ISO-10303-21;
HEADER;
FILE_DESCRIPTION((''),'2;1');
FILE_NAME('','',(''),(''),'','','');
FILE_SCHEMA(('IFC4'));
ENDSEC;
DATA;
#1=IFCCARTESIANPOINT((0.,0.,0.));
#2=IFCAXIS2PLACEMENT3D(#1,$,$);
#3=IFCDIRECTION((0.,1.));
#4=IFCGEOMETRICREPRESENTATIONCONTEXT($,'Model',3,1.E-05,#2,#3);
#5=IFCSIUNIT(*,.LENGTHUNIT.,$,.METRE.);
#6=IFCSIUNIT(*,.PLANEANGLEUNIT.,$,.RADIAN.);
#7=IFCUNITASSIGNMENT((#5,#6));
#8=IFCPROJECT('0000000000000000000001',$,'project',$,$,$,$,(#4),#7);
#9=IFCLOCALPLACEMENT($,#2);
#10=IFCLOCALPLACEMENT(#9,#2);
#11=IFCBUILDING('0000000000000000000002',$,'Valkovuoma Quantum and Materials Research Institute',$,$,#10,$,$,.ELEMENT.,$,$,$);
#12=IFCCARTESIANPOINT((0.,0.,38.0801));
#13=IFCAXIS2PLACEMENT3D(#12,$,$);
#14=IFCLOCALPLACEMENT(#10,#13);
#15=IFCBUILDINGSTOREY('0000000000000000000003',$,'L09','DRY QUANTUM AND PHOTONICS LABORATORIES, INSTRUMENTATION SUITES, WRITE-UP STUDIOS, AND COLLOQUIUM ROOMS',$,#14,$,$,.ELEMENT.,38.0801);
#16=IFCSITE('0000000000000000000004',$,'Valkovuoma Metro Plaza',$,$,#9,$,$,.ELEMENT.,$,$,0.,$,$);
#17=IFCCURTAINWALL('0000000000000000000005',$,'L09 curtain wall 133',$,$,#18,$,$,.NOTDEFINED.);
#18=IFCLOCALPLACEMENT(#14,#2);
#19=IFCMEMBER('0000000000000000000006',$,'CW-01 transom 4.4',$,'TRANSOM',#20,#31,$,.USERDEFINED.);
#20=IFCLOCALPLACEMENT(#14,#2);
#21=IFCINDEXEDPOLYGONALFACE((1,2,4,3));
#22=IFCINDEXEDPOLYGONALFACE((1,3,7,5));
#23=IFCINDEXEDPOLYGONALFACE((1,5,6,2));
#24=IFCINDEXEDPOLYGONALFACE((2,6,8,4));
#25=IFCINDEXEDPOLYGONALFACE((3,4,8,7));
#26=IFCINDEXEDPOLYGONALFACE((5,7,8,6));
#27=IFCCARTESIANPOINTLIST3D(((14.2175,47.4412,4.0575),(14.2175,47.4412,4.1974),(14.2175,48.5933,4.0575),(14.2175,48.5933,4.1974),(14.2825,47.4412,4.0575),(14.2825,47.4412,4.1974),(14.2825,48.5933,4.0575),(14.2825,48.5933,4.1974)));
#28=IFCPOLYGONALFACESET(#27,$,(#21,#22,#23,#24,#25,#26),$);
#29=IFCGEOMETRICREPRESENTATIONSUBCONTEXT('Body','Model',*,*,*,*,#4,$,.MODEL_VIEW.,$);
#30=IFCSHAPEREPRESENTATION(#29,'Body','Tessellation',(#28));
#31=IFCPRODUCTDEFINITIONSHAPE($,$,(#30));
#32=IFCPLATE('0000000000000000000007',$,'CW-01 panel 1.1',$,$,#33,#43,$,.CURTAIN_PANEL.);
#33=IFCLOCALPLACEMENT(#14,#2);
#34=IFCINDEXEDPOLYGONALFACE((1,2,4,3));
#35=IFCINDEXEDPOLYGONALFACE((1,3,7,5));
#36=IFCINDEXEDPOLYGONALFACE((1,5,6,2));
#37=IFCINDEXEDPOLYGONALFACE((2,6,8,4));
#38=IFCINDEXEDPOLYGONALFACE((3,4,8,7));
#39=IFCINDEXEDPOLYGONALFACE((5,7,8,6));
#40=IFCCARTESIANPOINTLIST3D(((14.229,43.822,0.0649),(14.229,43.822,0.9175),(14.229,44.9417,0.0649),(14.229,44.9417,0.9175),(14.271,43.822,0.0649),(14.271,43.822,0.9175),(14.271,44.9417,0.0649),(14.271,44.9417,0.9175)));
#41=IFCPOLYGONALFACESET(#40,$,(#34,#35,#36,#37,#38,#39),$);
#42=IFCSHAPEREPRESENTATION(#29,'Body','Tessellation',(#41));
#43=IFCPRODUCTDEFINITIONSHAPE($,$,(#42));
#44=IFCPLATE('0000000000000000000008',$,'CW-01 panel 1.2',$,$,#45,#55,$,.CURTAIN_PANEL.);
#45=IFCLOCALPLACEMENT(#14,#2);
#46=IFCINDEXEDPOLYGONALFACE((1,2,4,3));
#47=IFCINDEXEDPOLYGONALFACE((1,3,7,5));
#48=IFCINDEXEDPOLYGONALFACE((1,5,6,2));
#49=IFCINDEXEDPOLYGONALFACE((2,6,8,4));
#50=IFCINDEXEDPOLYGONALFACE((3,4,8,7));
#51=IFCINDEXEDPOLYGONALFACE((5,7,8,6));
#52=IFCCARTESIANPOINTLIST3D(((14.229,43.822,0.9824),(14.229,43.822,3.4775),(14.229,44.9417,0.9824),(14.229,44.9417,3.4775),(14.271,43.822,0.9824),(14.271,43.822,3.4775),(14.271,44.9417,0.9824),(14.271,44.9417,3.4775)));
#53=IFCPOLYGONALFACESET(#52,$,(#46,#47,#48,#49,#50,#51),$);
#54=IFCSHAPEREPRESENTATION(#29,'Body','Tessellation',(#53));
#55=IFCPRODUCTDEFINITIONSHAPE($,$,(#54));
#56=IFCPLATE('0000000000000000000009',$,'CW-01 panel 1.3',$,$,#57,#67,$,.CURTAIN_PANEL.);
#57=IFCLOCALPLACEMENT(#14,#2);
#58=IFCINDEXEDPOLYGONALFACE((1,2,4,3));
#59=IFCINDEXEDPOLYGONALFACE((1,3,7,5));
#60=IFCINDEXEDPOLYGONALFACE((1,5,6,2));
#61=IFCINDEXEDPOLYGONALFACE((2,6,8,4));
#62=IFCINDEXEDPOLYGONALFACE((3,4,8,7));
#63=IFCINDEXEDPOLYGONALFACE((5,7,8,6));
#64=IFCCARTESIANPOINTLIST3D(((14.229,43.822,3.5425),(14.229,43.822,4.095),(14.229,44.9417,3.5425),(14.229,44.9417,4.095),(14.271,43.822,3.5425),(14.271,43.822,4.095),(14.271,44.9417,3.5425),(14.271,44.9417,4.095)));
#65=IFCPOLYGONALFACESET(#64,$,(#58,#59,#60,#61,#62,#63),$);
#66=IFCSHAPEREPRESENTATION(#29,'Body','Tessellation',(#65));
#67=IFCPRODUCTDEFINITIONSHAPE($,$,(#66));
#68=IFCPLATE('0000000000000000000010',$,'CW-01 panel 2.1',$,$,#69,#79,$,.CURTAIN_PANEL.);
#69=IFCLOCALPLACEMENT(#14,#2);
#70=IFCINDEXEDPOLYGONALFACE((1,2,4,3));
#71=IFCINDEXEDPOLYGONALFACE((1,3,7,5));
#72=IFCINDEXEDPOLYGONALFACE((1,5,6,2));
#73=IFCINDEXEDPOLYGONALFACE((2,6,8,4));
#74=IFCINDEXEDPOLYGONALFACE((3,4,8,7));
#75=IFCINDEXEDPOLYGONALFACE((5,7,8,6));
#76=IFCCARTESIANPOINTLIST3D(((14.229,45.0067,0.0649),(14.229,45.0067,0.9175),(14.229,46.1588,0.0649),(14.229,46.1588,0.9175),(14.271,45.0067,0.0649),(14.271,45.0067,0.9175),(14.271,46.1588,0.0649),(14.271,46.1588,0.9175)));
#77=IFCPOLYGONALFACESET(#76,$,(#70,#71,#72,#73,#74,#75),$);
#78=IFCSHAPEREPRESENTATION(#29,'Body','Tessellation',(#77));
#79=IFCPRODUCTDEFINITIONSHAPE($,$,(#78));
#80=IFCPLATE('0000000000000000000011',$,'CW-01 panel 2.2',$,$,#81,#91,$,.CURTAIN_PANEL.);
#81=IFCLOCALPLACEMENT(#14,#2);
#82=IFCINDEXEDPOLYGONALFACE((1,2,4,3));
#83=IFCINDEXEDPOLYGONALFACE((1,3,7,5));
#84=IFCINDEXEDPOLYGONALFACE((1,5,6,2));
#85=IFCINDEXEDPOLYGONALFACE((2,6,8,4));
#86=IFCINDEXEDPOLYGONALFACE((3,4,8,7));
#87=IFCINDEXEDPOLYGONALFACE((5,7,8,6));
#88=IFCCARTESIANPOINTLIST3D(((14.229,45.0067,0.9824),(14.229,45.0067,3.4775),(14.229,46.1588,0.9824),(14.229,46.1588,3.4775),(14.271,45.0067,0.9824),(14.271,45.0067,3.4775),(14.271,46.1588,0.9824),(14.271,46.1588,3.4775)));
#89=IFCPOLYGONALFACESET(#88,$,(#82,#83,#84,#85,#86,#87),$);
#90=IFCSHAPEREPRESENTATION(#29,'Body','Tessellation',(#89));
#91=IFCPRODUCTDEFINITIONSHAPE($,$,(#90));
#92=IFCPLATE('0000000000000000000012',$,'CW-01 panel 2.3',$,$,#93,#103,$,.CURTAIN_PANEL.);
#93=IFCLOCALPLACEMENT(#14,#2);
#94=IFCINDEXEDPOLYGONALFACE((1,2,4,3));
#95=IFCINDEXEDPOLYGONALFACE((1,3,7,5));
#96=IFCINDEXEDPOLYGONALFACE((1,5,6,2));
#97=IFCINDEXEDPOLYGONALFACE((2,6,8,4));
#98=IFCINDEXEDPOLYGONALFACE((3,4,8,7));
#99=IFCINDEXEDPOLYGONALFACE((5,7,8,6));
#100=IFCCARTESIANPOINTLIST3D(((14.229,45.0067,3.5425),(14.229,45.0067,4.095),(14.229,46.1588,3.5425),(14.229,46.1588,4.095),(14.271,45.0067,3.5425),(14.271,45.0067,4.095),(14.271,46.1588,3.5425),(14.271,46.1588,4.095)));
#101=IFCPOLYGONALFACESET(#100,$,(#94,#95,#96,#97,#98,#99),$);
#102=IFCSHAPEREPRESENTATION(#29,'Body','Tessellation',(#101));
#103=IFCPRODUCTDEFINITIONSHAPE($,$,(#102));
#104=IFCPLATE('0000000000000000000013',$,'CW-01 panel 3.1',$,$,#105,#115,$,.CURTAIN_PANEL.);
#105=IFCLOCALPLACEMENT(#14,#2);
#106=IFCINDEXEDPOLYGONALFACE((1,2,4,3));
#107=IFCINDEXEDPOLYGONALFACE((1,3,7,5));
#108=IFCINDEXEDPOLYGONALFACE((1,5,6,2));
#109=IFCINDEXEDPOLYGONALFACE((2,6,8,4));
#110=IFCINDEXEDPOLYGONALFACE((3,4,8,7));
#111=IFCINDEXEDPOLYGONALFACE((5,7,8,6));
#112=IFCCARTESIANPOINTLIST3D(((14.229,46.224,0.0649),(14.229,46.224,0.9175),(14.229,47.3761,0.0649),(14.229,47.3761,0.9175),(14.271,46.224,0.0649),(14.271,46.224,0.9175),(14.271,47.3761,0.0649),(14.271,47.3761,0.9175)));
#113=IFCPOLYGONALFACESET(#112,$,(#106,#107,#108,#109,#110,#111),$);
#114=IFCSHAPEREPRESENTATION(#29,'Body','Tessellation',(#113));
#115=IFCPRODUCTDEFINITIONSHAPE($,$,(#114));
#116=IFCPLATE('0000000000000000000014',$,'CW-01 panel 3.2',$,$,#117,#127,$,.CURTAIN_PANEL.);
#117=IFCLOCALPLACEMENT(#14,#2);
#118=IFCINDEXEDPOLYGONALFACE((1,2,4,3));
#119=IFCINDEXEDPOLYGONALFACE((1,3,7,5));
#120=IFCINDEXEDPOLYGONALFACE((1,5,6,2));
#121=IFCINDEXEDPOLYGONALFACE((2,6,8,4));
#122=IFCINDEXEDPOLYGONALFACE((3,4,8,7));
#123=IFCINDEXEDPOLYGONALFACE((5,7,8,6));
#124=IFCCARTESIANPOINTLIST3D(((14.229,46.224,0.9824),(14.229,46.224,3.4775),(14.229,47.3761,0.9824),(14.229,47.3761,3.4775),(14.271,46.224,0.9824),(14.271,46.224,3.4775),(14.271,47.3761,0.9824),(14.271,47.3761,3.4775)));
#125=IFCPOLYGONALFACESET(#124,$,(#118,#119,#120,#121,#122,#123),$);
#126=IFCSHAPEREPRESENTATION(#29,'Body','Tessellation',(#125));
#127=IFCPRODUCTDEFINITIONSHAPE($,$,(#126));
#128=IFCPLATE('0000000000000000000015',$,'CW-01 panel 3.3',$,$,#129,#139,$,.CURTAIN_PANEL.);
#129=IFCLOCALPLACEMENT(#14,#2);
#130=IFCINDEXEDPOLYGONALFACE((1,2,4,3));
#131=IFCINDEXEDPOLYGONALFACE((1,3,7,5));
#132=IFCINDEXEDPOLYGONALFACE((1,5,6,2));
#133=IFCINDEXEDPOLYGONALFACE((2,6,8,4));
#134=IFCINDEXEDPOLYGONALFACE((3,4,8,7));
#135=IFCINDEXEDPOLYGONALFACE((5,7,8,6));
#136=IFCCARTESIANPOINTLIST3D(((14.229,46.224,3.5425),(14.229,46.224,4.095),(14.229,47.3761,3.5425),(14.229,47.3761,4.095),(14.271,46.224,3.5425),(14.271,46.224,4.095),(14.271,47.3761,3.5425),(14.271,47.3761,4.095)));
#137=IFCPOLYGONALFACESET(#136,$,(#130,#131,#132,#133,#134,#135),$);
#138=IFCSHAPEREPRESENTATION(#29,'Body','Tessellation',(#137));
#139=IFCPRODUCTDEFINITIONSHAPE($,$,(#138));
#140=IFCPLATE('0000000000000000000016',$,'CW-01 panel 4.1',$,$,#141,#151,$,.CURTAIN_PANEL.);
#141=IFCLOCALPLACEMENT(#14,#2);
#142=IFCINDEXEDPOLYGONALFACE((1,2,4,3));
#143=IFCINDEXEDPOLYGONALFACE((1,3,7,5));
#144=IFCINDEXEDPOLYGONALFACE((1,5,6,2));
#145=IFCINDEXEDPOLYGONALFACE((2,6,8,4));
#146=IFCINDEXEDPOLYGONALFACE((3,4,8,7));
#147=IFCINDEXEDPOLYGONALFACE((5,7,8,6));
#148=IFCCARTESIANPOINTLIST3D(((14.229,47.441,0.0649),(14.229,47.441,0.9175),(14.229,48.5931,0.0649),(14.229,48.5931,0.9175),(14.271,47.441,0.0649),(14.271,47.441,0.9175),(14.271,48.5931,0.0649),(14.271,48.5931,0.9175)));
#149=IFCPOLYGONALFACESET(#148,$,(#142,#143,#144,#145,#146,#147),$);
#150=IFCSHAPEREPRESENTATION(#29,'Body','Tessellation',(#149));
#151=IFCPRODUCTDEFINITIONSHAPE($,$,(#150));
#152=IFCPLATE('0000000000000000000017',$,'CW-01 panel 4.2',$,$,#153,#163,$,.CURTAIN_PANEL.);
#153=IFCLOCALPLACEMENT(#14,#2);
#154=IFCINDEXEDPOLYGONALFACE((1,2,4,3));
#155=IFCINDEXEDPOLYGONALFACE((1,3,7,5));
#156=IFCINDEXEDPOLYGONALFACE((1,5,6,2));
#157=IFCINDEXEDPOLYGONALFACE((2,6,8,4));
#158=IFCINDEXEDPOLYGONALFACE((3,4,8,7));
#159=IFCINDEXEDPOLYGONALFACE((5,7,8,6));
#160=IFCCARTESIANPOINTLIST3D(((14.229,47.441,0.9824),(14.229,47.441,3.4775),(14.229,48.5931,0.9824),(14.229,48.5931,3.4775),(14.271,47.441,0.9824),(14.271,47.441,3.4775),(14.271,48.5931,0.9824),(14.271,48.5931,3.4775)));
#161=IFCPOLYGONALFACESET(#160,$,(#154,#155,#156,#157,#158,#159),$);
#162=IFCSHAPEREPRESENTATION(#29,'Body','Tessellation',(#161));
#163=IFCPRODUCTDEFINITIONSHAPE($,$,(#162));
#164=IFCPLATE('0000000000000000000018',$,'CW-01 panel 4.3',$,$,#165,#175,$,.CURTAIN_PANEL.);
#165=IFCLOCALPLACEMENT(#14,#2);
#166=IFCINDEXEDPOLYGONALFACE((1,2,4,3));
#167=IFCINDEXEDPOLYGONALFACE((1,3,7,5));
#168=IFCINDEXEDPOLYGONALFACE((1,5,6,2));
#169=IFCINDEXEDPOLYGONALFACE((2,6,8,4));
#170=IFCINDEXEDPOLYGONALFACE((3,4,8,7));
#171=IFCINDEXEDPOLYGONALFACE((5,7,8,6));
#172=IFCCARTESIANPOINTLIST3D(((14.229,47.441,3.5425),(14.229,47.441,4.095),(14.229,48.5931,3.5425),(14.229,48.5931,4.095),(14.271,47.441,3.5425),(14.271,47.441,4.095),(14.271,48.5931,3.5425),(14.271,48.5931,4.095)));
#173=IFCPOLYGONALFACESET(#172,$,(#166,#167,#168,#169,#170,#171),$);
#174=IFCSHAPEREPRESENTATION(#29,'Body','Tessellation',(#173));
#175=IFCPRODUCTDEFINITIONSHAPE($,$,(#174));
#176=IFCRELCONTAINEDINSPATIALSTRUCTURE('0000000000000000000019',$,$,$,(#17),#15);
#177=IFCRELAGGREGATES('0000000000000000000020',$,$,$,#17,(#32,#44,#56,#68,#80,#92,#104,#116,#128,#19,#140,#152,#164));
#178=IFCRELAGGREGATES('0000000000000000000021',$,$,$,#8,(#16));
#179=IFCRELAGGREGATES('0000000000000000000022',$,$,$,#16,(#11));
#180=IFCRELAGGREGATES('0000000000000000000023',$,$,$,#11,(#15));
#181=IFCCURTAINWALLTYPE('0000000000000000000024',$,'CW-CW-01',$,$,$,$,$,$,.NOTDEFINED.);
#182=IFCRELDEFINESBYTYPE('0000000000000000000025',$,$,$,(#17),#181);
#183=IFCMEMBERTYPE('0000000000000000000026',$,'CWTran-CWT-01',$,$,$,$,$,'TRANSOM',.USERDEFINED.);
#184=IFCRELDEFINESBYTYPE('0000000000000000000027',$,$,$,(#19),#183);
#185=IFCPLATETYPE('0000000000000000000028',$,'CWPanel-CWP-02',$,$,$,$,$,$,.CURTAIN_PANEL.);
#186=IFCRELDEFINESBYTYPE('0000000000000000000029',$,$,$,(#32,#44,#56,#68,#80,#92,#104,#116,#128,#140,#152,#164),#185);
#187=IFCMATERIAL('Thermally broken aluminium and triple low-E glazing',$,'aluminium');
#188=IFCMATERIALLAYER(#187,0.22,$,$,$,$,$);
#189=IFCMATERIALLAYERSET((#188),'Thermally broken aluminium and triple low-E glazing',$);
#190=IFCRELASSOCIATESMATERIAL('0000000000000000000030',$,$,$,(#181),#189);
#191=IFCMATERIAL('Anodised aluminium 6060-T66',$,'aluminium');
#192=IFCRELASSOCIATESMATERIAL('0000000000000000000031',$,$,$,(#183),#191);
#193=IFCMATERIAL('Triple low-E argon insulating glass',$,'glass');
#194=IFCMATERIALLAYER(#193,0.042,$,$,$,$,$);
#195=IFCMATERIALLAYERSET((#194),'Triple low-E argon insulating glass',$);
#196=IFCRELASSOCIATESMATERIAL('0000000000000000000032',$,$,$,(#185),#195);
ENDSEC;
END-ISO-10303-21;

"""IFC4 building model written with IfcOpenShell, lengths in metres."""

from ifc_helpers import new_model, si_unit, direction, frame, origin, origin_2d, place, context, subcontext, project, spatial, rectangle, extrude, material, layer, layer_set, material_profile, profile_set, type_object, element, aggregate, save


model = new_model("IFC4")

# Units and contexts
model_context = context("Model", 3, precision=1e-05, world=origin(), true_north=direction((0.0, 1.0)))
body_context = subcontext(model_context, "Body", "Model", "MODEL_VIEW")
ifc_project = project(units=[si_unit("LENGTHUNIT", "METRE"), si_unit("PLANEANGLEUNIT", "RADIAN")], contexts=[model_context])

# Site, building, storey
site_placement = place(None, origin())
site = spatial("IfcSite", under=ifc_project, at=site_placement, Name="Valkovuoma Metro Plaza", CompositionType="ELEMENT", RefElevation=0.0)
building_placement = place(site_placement, origin())
building = spatial("IfcBuilding", under=site, at=building_placement, Name="Valkovuoma Quantum and Materials Research Institute", CompositionType="ELEMENT")
storey_placement = place(building_placement, frame((0.0, 0.0, 38.0801)))
storey = spatial("IfcBuildingStorey", under=building, at=storey_placement, Name="L09", Description="DRY QUANTUM AND PHOTONICS LABORATORIES, INSTRUMENTATION SUITES, WRITE-UP STUDIOS, AND COLLOQUIUM ROOMS", CompositionType="ELEMENT", Elevation=38.0801)

# Curtain wall, member, plates
ifc_material_1 = material(Name="Thermally broken aluminium and triple low-E glazing", Category="aluminium")
ifc_layer_1 = layer(ifc_material_1, 0.22)
ifc_layer_set_1 = layer_set([ifc_layer_1], Name="Thermally broken aluminium and triple low-E glazing")
curtain_wall_type = type_object("IfcCurtainWallType", Name="CW-CW-01", PredefinedType="NOTDEFINED", material=ifc_layer_set_1)
curtain_wall_placement = place(storey_placement, origin())
curtain_wall = element("IfcCurtainWall", 1, at=curtain_wall_placement, inside=storey, type_object=curtain_wall_type, Name="L09 curtain wall 133", PredefinedType="NOTDEFINED")
ifc_material_2 = material(Name="Anodised aluminium 6060-T66", Category="aluminium")
ifc_material_profile_1 = material_profile(ifc_material_2, rectangle(XDim=0.0649, YDim=0.1399, at=origin_2d()), Name="Anodised aluminium 6060-T66")
ifc_profile_set_1 = profile_set([ifc_material_profile_1], Name="Anodised aluminium 6060-T66")
member_type_1 = type_object("IfcMemberType", Name="CWTran-CWT-01", ElementType="TRANSOM", PredefinedType="USERDEFINED", material=ifc_profile_set_1)
member_1_placement = place(storey_placement, frame((14.25, 47.4412, 4.1274), z_axis=(0.0, 1.0, 0.0), x_axis=(-1.0, 0.0, 0.0)))
member_1 = element("IfcMember", 2, at=member_1_placement, type_object=member_type_1, Name="CW-01 transom 4.4", ObjectType="TRANSOM", PredefinedType="USERDEFINED", context=body_context, shape_type="SweptSolid", body=[
    extrude(rectangle(XDim=0.0649, YDim=0.1399, at=origin_2d()), origin(), (0.0, 0.0, 1.0), 1.1521),
])
ifc_material_3 = material(Name="Triple low-E argon insulating glass", Category="glass")
ifc_layer_2 = layer(ifc_material_3, 0.042)
ifc_layer_set_2 = layer_set([ifc_layer_2], Name="Triple low-E argon insulating glass")
plate_type = type_object("IfcPlateType", Name="CWPanel-CWP-02", PredefinedType="CURTAIN_PANEL", material=ifc_layer_set_2)
plate_1_placement = place(storey_placement, frame((14.25, 44.3818, 0.0649), z_axis=(0.0, 0.0, 1.0), x_axis=(0.0, 1.0, 0.0)))
plate_1 = element("IfcPlate", 3, at=plate_1_placement, type_object=plate_type, Name="CW-01 panel 1.1", PredefinedType="CURTAIN_PANEL", context=body_context, shape_type="SweptSolid", body=[
    extrude(rectangle(XDim=1.1196, YDim=0.042, at=origin_2d()), origin(), (0.0, 0.0, 1.0), 0.8525),
])
plate_2_placement = place(storey_placement, frame((14.25, 44.3818, 0.9824), z_axis=(0.0, 0.0, 1.0), x_axis=(0.0, 1.0, 0.0)))
plate_2 = element("IfcPlate", 4, at=plate_2_placement, type_object=plate_type, Name="CW-01 panel 1.2", PredefinedType="CURTAIN_PANEL", context=body_context, shape_type="SweptSolid", body=[
    extrude(rectangle(XDim=1.1196, YDim=0.042, at=origin_2d()), origin(), (0.0, 0.0, 1.0), 2.4951),
])
plate_3_placement = place(storey_placement, frame((14.25, 44.3818, 3.5425), z_axis=(0.0, 0.0, 1.0), x_axis=(0.0, 1.0, 0.0)))
plate_3 = element("IfcPlate", 5, at=plate_3_placement, type_object=plate_type, Name="CW-01 panel 1.3", PredefinedType="CURTAIN_PANEL", context=body_context, shape_type="SweptSolid", body=[
    extrude(rectangle(XDim=1.1196, YDim=0.042, at=origin_2d()), origin(), (0.0, 0.0, 1.0), 0.5525),
])
plate_4_placement = place(storey_placement, frame((14.25, 45.5828, 0.0649), z_axis=(0.0, 0.0, 1.0), x_axis=(0.0, 1.0, 0.0)))
plate_4 = element("IfcPlate", 6, at=plate_4_placement, type_object=plate_type, Name="CW-01 panel 2.1", PredefinedType="CURTAIN_PANEL", context=body_context, shape_type="SweptSolid", body=[
    extrude(rectangle(XDim=1.1521, YDim=0.042, at=origin_2d()), origin(), (0.0, 0.0, 1.0), 0.8525),
])
plate_5_placement = place(storey_placement, frame((14.25, 45.5828, 0.9824), z_axis=(0.0, 0.0, 1.0), x_axis=(0.0, 1.0, 0.0)))
plate_5 = element("IfcPlate", 7, at=plate_5_placement, type_object=plate_type, Name="CW-01 panel 2.2", PredefinedType="CURTAIN_PANEL", context=body_context, shape_type="SweptSolid", body=[
    extrude(rectangle(XDim=1.1521, YDim=0.042, at=origin_2d()), origin(), (0.0, 0.0, 1.0), 2.4951),
])
plate_6_placement = place(storey_placement, frame((14.25, 45.5828, 3.5425), z_axis=(0.0, 0.0, 1.0), x_axis=(0.0, 1.0, 0.0)))
plate_6 = element("IfcPlate", 8, at=plate_6_placement, type_object=plate_type, Name="CW-01 panel 2.3", PredefinedType="CURTAIN_PANEL", context=body_context, shape_type="SweptSolid", body=[
    extrude(rectangle(XDim=1.1521, YDim=0.042, at=origin_2d()), origin(), (0.0, 0.0, 1.0), 0.5525),
])
plate_7_placement = place(storey_placement, frame((14.25, 46.8, 0.0649), z_axis=(0.0, 0.0, 1.0), x_axis=(0.0, 1.0, 0.0)))
plate_7 = element("IfcPlate", 9, at=plate_7_placement, type_object=plate_type, Name="CW-01 panel 3.1", PredefinedType="CURTAIN_PANEL", context=body_context, shape_type="SweptSolid", body=[
    extrude(rectangle(XDim=1.1521, YDim=0.042, at=origin_2d()), origin(), (0.0, 0.0, 1.0), 0.8525),
])
plate_8_placement = place(storey_placement, frame((14.25, 46.8, 0.9824), z_axis=(0.0, 0.0, 1.0), x_axis=(0.0, 1.0, 0.0)))
plate_8 = element("IfcPlate", 10, at=plate_8_placement, type_object=plate_type, Name="CW-01 panel 3.2", PredefinedType="CURTAIN_PANEL", context=body_context, shape_type="SweptSolid", body=[
    extrude(rectangle(XDim=1.1521, YDim=0.042, at=origin_2d()), origin(), (0.0, 0.0, 1.0), 2.4951),
])
plate_9_placement = place(storey_placement, frame((14.25, 46.8, 3.5425), z_axis=(0.0, 0.0, 1.0), x_axis=(0.0, 1.0, 0.0)))
plate_9 = element("IfcPlate", 11, at=plate_9_placement, type_object=plate_type, Name="CW-01 panel 3.3", PredefinedType="CURTAIN_PANEL", context=body_context, shape_type="SweptSolid", body=[
    extrude(rectangle(XDim=1.1521, YDim=0.042, at=origin_2d()), origin(), (0.0, 0.0, 1.0), 0.5525),
])
plate_10_placement = place(storey_placement, frame((14.25, 48.0171, 0.0649), z_axis=(0.0, 0.0, 1.0), x_axis=(0.0, 1.0, 0.0)))
plate_10 = element("IfcPlate", 12, at=plate_10_placement, type_object=plate_type, Name="CW-01 panel 4.1", PredefinedType="CURTAIN_PANEL", context=body_context, shape_type="SweptSolid", body=[
    extrude(rectangle(XDim=1.1521, YDim=0.042, at=origin_2d()), origin(), (0.0, 0.0, 1.0), 0.8525),
])
plate_11_placement = place(storey_placement, frame((14.25, 48.0171, 0.9824), z_axis=(0.0, 0.0, 1.0), x_axis=(0.0, 1.0, 0.0)))
plate_11 = element("IfcPlate", 13, at=plate_11_placement, type_object=plate_type, Name="CW-01 panel 4.2", PredefinedType="CURTAIN_PANEL", context=body_context, shape_type="SweptSolid", body=[
    extrude(rectangle(XDim=1.1521, YDim=0.042, at=origin_2d()), origin(), (0.0, 0.0, 1.0), 2.4951),
])
plate_12_placement = place(storey_placement, frame((14.25, 48.0171, 3.5425), z_axis=(0.0, 0.0, 1.0), x_axis=(0.0, 1.0, 0.0)))
plate_12 = element("IfcPlate", 14, at=plate_12_placement, type_object=plate_type, Name="CW-01 panel 4.3", PredefinedType="CURTAIN_PANEL", context=body_context, shape_type="SweptSolid", body=[
    extrude(rectangle(XDim=1.1521, YDim=0.042, at=origin_2d()), origin(), (0.0, 0.0, 1.0), 0.5525),
])
aggregate(curtain_wall, [plate_1, plate_2, plate_3, plate_4, plate_5, plate_6, plate_7, plate_8, plate_9, member_1, plate_10, plate_11, plate_12])

save(model, "model.ifc")
